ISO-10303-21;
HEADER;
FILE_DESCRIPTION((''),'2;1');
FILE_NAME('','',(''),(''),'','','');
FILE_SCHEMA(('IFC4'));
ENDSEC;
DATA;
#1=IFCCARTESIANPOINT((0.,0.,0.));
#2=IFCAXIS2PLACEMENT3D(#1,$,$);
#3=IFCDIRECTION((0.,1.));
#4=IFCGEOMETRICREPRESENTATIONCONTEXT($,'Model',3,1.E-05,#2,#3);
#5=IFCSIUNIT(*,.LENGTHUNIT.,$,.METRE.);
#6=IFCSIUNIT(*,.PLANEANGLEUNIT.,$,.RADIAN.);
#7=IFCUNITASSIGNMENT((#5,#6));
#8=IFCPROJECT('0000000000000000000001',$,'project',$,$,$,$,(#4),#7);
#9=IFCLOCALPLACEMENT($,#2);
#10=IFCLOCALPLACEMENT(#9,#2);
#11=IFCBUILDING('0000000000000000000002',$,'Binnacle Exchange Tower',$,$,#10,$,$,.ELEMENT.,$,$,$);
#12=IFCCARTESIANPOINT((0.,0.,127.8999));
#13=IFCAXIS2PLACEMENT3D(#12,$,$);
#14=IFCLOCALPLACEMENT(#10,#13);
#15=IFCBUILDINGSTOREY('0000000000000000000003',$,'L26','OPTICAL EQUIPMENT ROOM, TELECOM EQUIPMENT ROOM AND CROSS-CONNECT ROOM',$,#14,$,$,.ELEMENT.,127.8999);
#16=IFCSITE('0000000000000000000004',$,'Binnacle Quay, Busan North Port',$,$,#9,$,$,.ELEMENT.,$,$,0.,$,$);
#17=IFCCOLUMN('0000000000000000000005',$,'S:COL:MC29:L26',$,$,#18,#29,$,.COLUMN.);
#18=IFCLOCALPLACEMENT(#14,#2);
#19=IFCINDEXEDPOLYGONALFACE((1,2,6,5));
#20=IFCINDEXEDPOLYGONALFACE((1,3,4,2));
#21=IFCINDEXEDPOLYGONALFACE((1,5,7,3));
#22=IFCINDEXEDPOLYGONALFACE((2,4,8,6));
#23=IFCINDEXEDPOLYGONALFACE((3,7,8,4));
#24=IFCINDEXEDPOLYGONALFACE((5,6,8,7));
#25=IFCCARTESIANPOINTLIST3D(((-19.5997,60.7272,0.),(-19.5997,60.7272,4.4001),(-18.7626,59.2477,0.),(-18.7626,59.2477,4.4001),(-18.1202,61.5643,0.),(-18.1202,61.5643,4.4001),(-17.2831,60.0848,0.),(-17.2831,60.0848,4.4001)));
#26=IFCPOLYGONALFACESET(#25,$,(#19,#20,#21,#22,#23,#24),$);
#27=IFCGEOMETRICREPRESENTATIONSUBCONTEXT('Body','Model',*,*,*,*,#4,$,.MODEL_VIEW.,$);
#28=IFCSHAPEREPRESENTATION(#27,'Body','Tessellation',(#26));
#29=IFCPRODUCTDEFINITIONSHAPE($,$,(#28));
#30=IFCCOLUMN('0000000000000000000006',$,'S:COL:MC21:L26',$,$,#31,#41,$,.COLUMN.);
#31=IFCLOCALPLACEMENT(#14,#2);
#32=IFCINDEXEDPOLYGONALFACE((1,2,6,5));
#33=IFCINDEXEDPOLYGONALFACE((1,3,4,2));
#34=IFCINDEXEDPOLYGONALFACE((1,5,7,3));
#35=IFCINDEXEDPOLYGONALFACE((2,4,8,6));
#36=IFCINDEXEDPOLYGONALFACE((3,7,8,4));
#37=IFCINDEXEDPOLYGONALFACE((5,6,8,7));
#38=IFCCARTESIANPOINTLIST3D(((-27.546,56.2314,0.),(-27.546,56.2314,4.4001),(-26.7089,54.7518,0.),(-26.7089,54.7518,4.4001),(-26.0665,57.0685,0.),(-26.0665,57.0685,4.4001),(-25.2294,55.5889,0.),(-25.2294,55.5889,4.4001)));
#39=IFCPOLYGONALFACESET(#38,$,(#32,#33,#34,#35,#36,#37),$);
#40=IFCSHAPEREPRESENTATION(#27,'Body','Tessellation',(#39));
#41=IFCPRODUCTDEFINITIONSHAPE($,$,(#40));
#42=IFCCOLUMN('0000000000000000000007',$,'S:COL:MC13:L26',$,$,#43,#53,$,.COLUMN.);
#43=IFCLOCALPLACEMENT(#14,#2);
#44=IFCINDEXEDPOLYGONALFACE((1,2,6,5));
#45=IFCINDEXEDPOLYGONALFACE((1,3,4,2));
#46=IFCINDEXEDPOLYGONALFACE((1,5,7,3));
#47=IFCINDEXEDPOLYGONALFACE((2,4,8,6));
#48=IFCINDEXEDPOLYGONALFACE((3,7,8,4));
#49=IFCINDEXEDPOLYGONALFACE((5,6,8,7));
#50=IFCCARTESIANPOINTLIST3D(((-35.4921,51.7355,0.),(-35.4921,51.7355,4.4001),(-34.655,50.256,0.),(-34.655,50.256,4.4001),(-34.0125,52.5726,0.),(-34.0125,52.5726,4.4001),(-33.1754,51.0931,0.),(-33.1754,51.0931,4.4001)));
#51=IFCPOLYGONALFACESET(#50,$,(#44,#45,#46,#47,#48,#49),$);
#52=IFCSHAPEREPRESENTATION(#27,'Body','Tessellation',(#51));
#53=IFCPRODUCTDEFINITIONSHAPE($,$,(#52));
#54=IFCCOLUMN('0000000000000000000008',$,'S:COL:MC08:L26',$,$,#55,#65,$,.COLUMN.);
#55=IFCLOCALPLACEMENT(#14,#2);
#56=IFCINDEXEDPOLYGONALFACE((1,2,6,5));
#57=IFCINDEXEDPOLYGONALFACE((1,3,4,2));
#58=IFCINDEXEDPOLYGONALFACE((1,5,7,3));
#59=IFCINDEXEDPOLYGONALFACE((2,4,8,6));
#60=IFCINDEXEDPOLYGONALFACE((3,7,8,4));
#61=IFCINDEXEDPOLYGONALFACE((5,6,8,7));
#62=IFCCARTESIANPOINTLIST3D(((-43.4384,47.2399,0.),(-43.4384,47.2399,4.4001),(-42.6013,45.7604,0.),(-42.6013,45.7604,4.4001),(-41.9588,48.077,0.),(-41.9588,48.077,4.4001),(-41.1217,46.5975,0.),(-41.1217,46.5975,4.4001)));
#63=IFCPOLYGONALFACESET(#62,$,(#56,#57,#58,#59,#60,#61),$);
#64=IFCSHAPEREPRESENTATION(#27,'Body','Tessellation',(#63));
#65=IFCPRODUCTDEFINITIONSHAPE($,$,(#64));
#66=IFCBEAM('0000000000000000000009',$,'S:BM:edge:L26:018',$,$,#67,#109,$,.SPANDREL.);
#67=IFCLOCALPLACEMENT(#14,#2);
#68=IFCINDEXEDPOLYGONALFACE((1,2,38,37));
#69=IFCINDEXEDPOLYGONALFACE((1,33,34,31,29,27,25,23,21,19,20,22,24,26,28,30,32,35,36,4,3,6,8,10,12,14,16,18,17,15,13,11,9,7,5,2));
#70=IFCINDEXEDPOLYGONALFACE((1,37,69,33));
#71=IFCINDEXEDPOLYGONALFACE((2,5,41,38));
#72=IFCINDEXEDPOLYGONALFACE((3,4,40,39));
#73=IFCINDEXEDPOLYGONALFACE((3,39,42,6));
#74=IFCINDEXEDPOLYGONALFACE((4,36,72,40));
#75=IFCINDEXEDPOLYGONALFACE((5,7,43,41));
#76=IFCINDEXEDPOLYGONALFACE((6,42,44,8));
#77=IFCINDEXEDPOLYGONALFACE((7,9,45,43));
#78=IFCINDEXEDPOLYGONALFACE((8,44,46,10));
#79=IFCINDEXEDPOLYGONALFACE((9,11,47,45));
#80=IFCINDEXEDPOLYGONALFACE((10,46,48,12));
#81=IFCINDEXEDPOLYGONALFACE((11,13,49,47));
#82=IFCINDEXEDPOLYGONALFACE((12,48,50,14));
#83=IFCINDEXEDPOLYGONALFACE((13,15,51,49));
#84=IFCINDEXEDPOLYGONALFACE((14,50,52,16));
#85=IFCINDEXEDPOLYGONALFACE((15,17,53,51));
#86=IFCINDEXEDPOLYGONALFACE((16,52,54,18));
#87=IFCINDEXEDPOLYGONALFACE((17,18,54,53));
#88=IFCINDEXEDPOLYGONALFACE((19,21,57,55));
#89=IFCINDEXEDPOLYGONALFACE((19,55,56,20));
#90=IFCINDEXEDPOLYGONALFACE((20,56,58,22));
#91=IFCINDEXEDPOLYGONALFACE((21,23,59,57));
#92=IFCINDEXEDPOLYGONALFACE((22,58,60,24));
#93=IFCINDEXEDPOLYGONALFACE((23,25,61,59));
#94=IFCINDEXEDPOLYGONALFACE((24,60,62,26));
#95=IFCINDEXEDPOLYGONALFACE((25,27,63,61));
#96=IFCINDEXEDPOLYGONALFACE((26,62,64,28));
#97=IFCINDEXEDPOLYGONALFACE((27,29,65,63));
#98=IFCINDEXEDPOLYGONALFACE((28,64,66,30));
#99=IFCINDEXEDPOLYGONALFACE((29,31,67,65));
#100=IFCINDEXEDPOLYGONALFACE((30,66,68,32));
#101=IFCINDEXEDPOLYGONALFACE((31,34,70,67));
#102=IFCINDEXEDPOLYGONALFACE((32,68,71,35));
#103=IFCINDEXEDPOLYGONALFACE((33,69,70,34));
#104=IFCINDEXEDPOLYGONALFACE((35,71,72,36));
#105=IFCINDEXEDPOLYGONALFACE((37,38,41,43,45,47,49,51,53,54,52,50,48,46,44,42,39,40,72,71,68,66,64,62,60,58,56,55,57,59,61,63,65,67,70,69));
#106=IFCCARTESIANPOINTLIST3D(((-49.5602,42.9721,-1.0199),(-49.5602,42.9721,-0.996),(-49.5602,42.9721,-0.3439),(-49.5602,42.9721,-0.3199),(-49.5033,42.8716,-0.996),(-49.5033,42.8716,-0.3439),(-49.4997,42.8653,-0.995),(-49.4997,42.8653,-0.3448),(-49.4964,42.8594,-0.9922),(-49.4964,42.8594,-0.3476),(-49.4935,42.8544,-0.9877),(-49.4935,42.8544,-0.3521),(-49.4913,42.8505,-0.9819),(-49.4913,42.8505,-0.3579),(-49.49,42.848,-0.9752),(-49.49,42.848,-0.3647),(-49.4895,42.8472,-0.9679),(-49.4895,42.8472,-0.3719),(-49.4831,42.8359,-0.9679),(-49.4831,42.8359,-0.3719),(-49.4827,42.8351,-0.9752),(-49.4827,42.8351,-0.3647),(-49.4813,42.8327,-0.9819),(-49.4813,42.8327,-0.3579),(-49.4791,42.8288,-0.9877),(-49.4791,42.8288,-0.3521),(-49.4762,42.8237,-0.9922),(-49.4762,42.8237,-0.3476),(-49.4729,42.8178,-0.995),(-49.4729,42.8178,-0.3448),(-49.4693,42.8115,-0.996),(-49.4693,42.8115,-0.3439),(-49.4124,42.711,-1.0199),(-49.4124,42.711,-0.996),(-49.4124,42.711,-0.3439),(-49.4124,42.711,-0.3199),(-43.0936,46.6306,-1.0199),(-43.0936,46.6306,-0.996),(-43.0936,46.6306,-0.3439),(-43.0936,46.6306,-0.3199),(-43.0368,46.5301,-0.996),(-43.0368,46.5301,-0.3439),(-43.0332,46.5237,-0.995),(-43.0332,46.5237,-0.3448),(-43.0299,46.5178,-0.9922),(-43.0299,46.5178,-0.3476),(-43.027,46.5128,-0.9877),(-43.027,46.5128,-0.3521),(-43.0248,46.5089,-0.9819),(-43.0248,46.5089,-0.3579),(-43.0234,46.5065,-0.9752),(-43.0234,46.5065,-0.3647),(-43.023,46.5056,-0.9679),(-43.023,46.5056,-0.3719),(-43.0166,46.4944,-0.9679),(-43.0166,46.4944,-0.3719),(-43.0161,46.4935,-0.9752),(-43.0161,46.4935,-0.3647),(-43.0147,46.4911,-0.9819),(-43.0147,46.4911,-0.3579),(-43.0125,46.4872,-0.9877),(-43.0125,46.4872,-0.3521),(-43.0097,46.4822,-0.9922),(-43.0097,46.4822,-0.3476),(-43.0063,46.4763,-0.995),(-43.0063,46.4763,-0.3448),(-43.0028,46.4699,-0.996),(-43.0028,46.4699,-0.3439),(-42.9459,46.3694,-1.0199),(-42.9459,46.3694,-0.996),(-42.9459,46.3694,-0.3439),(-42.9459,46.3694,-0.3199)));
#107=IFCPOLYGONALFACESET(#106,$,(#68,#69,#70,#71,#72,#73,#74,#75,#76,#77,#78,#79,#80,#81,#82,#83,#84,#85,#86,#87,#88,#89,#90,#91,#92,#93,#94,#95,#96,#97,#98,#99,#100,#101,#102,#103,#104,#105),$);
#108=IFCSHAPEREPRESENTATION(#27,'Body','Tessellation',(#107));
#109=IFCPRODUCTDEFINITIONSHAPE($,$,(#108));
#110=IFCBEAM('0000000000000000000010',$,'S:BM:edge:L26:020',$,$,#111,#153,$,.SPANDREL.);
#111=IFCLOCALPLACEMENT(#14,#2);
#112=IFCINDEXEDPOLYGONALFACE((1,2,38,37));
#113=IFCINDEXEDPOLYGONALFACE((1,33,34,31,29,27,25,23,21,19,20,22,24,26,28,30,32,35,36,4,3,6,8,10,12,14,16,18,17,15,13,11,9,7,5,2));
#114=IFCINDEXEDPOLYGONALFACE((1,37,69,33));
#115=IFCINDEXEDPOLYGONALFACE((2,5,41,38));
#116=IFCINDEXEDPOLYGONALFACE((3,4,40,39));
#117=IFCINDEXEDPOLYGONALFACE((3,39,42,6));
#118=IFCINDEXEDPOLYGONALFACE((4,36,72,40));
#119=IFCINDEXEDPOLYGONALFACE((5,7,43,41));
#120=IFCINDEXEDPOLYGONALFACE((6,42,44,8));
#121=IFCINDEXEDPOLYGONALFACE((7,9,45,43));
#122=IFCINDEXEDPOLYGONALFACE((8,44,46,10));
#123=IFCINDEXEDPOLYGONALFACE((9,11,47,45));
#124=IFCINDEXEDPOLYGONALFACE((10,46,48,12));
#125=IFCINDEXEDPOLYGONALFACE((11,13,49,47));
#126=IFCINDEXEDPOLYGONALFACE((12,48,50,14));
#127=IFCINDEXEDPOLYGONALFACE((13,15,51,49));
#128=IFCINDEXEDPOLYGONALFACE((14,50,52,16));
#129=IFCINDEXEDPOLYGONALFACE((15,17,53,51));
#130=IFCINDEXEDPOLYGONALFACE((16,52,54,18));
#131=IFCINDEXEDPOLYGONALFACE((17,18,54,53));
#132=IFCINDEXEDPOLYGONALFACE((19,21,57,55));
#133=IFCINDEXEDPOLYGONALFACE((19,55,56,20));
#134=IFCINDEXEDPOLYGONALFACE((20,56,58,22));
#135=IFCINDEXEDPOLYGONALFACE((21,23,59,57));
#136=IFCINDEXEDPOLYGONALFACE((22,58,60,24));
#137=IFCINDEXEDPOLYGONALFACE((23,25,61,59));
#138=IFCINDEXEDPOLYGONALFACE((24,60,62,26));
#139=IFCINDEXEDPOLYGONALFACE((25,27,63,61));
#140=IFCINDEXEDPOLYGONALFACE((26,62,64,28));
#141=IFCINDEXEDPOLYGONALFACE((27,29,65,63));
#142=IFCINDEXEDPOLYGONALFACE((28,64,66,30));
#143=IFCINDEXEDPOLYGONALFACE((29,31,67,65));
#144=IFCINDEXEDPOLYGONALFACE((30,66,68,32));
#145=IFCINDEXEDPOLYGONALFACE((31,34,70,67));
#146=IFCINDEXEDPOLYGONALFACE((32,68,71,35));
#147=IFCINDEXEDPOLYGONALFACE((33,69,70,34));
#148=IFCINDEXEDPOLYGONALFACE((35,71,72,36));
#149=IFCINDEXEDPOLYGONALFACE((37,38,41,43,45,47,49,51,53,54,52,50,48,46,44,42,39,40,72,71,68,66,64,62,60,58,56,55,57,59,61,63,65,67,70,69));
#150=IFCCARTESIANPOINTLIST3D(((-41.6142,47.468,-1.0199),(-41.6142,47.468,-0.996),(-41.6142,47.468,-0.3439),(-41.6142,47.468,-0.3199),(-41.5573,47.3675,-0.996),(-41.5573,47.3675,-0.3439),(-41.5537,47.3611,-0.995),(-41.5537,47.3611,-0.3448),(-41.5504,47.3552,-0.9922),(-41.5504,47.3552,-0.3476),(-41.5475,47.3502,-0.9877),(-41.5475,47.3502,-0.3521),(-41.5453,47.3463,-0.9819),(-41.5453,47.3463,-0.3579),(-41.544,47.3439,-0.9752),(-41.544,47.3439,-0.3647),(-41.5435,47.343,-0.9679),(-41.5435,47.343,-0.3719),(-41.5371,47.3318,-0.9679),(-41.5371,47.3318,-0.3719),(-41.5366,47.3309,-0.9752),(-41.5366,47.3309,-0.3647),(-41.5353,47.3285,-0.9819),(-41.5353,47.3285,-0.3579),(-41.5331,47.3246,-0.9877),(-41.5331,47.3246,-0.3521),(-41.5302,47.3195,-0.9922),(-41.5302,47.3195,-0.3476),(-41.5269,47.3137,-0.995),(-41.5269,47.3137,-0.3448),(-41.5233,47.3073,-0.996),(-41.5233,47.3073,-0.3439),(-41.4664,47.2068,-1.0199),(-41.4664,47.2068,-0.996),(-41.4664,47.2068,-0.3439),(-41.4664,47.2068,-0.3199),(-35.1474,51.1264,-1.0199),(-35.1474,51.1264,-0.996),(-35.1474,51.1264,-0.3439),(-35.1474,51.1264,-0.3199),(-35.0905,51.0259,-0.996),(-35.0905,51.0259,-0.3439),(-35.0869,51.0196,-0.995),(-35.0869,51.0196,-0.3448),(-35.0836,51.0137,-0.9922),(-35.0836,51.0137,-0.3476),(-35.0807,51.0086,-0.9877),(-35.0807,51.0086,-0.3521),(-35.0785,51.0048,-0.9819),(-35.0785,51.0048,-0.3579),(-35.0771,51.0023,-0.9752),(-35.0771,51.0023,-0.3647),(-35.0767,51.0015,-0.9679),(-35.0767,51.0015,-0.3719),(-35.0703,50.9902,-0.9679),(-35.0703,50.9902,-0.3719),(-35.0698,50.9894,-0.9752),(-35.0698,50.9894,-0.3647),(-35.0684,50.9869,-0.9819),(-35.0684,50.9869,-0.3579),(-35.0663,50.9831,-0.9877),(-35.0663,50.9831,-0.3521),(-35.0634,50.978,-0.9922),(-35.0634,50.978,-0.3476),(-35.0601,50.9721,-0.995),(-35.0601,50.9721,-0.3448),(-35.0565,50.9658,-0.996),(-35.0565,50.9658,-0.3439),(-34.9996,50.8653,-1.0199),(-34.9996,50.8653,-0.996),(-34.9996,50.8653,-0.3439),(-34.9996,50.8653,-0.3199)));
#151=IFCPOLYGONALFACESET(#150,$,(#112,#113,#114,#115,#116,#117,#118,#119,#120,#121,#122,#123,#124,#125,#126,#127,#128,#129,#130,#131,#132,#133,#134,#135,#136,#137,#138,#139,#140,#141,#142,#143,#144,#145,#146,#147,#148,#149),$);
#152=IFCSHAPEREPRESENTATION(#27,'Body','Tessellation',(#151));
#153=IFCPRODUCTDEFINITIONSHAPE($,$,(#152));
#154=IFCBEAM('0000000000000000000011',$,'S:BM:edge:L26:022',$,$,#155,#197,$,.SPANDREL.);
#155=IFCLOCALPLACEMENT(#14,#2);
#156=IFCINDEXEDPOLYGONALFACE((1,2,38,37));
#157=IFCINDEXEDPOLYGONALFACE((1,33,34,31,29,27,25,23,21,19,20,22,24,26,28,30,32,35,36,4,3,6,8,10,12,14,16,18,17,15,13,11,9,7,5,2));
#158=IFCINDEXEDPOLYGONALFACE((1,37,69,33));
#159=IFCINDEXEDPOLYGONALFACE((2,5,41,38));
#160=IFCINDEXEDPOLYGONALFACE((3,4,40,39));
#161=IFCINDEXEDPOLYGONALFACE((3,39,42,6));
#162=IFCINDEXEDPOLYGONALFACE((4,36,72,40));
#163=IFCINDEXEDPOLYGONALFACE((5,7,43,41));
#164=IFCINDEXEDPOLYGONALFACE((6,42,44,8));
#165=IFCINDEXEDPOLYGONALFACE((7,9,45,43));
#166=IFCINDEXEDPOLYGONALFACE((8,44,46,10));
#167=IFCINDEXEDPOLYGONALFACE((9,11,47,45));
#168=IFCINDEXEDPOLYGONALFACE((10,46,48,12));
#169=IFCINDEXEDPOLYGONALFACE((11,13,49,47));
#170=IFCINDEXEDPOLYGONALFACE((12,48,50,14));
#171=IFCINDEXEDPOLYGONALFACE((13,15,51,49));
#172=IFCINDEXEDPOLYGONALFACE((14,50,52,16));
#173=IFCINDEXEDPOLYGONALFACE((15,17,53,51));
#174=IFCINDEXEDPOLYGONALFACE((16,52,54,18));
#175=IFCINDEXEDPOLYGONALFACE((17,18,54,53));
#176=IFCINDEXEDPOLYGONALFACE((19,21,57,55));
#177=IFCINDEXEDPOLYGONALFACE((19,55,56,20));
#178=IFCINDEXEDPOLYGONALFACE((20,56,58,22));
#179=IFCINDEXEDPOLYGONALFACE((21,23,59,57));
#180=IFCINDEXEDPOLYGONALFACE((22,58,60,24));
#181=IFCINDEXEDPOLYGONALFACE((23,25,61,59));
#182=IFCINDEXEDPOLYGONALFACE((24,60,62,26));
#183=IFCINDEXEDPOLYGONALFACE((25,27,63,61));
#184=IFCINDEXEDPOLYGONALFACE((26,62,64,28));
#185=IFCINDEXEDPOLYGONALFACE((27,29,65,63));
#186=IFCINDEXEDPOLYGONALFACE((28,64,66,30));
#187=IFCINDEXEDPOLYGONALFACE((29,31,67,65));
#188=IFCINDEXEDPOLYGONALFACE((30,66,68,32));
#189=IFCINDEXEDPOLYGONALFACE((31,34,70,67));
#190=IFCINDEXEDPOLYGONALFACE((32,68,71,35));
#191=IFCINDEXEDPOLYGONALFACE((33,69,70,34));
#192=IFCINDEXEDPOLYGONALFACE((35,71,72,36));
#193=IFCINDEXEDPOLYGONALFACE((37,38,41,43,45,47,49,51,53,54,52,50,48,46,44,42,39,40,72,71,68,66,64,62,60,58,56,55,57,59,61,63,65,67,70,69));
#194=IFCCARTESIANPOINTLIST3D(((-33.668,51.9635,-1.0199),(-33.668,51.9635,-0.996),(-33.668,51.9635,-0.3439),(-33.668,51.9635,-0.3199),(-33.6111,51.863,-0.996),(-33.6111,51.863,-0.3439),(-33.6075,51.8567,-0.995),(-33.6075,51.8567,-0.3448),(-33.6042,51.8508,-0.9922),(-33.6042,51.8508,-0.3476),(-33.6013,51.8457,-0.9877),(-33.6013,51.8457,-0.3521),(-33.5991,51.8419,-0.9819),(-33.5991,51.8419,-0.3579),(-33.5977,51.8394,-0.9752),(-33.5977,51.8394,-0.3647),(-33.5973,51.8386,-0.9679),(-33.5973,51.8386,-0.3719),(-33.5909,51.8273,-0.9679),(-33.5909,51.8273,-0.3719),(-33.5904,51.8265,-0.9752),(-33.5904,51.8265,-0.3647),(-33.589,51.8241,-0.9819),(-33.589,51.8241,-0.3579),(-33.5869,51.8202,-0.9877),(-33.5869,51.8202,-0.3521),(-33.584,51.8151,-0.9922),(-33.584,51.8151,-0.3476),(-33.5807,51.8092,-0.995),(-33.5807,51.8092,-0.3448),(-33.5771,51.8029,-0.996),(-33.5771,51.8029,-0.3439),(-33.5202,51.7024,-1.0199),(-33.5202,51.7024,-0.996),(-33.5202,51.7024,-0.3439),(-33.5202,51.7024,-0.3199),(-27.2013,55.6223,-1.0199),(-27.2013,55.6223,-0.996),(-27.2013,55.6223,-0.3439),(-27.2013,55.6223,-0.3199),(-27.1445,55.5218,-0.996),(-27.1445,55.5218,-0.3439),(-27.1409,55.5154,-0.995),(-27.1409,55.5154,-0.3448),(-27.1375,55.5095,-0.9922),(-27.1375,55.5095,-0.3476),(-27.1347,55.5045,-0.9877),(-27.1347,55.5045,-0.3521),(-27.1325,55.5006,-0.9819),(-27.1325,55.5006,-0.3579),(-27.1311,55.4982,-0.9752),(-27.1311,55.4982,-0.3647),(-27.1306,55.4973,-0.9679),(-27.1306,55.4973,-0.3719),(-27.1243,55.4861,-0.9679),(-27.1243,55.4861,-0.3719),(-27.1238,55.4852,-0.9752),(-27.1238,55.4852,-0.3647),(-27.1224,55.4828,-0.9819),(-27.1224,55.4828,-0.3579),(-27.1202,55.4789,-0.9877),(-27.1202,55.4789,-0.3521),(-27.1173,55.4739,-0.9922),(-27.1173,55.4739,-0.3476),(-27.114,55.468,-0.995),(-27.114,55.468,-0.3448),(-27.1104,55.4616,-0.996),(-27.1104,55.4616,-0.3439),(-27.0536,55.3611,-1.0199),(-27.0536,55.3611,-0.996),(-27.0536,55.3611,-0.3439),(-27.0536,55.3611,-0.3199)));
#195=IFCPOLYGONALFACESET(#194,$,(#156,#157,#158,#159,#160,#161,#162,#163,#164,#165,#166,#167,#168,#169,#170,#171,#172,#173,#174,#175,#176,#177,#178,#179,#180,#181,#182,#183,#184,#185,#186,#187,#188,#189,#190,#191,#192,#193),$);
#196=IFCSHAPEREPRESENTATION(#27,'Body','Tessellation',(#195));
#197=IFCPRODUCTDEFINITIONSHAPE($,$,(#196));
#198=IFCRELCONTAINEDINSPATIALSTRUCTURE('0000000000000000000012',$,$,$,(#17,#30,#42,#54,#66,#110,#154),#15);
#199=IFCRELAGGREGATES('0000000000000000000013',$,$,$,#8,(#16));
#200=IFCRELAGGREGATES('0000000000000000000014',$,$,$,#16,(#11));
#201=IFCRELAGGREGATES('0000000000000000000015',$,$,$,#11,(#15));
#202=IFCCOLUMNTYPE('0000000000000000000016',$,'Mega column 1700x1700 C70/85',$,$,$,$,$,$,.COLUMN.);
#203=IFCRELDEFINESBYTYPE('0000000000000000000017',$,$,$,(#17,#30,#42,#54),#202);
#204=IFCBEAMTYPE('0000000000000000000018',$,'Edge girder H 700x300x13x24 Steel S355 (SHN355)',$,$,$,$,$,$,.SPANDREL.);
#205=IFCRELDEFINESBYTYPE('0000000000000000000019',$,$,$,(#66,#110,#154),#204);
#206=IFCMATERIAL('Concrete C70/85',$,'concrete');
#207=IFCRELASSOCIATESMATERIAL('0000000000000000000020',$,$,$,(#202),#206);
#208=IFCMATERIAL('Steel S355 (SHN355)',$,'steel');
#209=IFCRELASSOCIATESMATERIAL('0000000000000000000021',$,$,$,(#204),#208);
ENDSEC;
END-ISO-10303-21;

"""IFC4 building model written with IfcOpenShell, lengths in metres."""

from ifc_helpers import new_model, si_unit, direction, frame, origin, origin_2d, place, context, subcontext, project, spatial, rectangle, i_section, extrude, material, material_profile, profile_set, type_object, element, save


model = new_model("IFC4")

# Units and contexts
model_context = context("Model", 3, precision=1e-05, world=origin(), true_north=direction((0.0, 1.0)))
body_context = subcontext(model_context, "Body", "Model", "MODEL_VIEW")
ifc_project = project(units=[si_unit("LENGTHUNIT", "METRE"), si_unit("PLANEANGLEUNIT", "RADIAN")], contexts=[model_context])

# Site, building, storey
site_placement = place(None, origin())
site = spatial("IfcSite", under=ifc_project, at=site_placement, Name="Binnacle Quay, Busan North Port", CompositionType="ELEMENT", RefElevation=0.0)
building_placement = place(site_placement, origin())
building = spatial("IfcBuilding", under=site, at=building_placement, Name="Binnacle Exchange Tower", CompositionType="ELEMENT")
storey_placement = place(building_placement, frame((0.0, 0.0, 127.8999)))
storey = spatial("IfcBuildingStorey", under=building, at=storey_placement, Name="L26", Description="OPTICAL EQUIPMENT ROOM, TELECOM EQUIPMENT ROOM AND CROSS-CONNECT ROOM", CompositionType="ELEMENT", Elevation=127.8999)

# Columns
ifc_material_1 = material(Name="Concrete C70/85", Category="concrete")
ifc_material_profile_1 = material_profile(ifc_material_1, rectangle(XDim=1.7, YDim=1.7, at=origin_2d()), Name="Mega column 1700x1700 C70/85")
ifc_profile_set_1 = profile_set([ifc_material_profile_1], Name="Concrete C70/85")
column_type = type_object("IfcColumnType", Name="Mega column 1700x1700 C70/85", PredefinedType="COLUMN", material=ifc_profile_set_1)
for number, where, z_axis, x_axis, name in (
    (1, (-18.4414, 60.406, 0.0), (0.0, 0.0, 1.0), (-0.870356, -0.492424, 0.0), "S:COL:MC29:L26"),
    (2, (-26.3877, 55.9102, 0.0), (0.0, 0.0, 1.0), (-0.870356, -0.492424, 0.0), "S:COL:MC21:L26"),
    (3, (-34.3337, 51.4143, 0.0), (0.0, 0.0, 1.0), (-0.870356, -0.492424, 0.0), "S:COL:MC13:L26"),
    (4, (-42.28, 46.9187, 0.0), (0.0, 0.0, 1.0), (-0.870356, -0.492424, 0.0), "S:COL:MC08:L26"),
):
    element("IfcColumn", number, at=place(storey_placement, frame(where, z_axis=z_axis, x_axis=x_axis)), inside=storey, type_object=column_type, Name=name, PredefinedType="COLUMN", context=body_context, shape_type="SweptSolid", body=[
        extrude(rectangle(XDim=1.7, YDim=1.7, at=origin_2d()), origin(), (0.0, 0.0, 1.0), 4.4001),
    ])

# Beams
ifc_material_2 = material(Name="Steel S355 (SHN355)", Category="steel")
ifc_material_profile_2 = material_profile(ifc_material_2, i_section(OverallWidth=0.3, OverallDepth=0.7, WebThickness=0.0129, FlangeThickness=0.0239, FilletRadius=0.0281, at=origin_2d()), Name="H 700x300x13x24")
ifc_profile_set_2 = profile_set([ifc_material_profile_2], Name="Steel S355 (SHN355)")
beam_type_1 = type_object("IfcBeamType", Name="Edge girder H 700x300x13x24 Steel S355 (SHN355)", PredefinedType="SPANDREL", material=ifc_profile_set_2)
beam_1_placement = place(storey_placement, frame((-43.0198, 46.5, -0.6699), z_axis=(-0.870364, -0.492408, 0.0), x_axis=(0.492408, -0.870364, 0.0)))
element("IfcBeam", 5, at=beam_1_placement, inside=storey, type_object=beam_type_1, Name="S:BM:edge:L26:018", PredefinedType="SPANDREL", context=body_context, shape_type="SweptSolid", body=[
    extrude(i_section(OverallWidth=0.3, OverallDepth=0.7, WebThickness=0.0129, FlangeThickness=0.0239, FilletRadius=0.0281, at=origin_2d()), origin(), (0.0, 0.0, 1.0), 7.4297),
])
for number, where, z_axis, x_axis, name in (
    (6, (-35.0735, 50.9958, -0.6699), (-0.870372, -0.492394, 0.0), (0.492394, -0.870372, 0.0), "S:BM:edge:L26:020"),
    (7, (-27.1274, 55.4917, -0.6699), (-0.87035, -0.492433, 0.0), (0.492433, -0.87035, 0.0), "S:BM:edge:L26:022"),
):
    element("IfcBeam", number, at=place(storey_placement, frame(where, z_axis=z_axis, x_axis=x_axis)), inside=storey, type_object=beam_type_1, Name=name, PredefinedType="SPANDREL", context=body_context, shape_type="SweptSolid", body=[
        extrude(i_section(OverallWidth=0.3, OverallDepth=0.7, WebThickness=0.0129, FlangeThickness=0.0239, FilletRadius=0.0281, at=origin_2d()), origin(), (0.0, 0.0, 1.0), 7.4299),
    ])

save(model, "model.ifc")
